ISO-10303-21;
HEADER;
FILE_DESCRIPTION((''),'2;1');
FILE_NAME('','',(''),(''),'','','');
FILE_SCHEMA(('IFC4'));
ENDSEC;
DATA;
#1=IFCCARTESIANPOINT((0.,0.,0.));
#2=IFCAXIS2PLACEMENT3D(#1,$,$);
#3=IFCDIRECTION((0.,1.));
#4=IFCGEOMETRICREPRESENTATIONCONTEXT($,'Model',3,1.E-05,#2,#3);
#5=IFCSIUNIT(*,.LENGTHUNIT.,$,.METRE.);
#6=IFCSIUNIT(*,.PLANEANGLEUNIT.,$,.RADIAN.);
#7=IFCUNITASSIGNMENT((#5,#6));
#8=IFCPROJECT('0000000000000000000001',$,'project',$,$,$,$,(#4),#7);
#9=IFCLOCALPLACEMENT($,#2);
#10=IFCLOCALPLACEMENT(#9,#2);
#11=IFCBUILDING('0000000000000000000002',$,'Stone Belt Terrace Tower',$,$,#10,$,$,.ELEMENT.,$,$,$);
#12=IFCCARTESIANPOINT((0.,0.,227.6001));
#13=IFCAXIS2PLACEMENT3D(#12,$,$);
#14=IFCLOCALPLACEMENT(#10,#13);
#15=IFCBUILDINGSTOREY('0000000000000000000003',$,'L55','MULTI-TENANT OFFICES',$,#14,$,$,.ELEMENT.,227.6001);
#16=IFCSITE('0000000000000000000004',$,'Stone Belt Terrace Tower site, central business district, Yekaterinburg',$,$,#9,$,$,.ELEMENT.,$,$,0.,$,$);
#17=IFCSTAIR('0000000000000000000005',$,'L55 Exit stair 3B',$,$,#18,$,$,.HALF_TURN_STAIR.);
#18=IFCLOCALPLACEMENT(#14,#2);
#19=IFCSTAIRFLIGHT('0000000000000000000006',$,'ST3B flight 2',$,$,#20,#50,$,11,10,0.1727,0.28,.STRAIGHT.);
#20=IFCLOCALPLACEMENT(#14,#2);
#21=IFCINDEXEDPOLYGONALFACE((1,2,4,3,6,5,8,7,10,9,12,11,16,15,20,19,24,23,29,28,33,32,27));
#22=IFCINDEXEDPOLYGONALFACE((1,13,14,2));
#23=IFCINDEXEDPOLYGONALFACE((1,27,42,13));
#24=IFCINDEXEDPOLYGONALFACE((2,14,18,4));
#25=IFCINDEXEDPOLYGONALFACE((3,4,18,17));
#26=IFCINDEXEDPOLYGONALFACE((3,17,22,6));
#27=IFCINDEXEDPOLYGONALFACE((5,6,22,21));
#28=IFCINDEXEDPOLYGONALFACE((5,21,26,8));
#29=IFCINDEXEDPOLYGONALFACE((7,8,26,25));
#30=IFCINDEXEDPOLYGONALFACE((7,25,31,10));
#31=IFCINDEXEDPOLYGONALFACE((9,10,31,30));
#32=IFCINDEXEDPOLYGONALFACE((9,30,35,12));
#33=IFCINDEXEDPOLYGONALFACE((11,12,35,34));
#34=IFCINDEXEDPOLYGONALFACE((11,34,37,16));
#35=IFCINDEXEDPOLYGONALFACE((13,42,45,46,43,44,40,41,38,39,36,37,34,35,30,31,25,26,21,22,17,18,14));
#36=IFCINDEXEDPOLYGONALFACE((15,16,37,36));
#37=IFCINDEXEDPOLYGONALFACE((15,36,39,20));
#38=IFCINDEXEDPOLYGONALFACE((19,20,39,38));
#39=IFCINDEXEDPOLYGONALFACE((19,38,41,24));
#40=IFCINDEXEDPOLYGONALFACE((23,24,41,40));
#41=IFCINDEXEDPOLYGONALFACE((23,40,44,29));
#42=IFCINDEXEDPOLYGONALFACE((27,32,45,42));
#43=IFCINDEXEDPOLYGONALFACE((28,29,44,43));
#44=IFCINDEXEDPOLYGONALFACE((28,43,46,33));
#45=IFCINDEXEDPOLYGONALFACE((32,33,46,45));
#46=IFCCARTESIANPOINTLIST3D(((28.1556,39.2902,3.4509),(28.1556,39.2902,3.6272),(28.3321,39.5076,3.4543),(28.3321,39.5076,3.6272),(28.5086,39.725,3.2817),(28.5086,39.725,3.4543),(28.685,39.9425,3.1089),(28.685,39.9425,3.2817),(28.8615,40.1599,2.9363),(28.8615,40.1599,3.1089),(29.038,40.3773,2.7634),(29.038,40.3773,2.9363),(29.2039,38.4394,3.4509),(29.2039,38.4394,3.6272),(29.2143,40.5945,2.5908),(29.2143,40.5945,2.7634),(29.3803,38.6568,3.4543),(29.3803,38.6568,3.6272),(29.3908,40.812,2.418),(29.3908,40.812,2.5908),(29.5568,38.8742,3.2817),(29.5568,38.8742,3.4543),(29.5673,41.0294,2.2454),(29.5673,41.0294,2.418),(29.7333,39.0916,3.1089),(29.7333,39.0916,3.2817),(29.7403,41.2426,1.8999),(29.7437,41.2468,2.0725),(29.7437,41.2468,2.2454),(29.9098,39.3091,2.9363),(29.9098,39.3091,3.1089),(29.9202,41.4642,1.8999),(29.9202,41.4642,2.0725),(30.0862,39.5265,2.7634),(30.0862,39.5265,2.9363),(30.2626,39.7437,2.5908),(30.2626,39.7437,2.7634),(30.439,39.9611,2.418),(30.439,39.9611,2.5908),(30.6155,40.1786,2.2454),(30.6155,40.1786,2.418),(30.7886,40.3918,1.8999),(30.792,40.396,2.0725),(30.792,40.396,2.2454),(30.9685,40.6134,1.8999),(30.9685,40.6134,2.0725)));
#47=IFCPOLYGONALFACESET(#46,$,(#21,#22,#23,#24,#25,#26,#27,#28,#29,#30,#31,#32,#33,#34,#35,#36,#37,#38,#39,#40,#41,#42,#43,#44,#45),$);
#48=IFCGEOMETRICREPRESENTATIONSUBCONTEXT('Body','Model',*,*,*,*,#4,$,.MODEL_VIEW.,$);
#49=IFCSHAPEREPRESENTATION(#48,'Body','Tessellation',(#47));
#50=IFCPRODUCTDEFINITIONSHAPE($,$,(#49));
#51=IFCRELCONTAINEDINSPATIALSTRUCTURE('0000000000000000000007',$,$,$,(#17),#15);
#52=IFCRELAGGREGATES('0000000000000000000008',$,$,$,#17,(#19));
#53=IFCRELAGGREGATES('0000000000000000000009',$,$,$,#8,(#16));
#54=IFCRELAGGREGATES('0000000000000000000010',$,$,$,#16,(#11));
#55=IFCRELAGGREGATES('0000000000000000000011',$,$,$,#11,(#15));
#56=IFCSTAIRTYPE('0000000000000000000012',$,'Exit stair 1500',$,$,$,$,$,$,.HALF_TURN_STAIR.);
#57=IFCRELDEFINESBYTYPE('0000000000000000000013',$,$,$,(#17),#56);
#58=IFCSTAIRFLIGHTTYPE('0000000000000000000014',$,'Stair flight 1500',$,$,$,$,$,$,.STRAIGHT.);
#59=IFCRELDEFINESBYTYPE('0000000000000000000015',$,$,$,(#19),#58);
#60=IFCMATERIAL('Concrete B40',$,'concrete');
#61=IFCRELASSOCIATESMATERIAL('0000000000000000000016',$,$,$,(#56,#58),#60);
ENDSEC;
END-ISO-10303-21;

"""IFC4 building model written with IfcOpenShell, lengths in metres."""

from ifc_helpers import new_model, si_unit, direction, frame, origin, place, context, subcontext, project, spatial, polyline, outline, extrude, material, type_object, element, aggregate, save


model = new_model("IFC4")

# Units and contexts
model_context = context("Model", 3, precision=1e-05, world=origin(), true_north=direction((0.0, 1.0)))
body_context = subcontext(model_context, "Body", "Model", "MODEL_VIEW")
ifc_project = project(units=[si_unit("LENGTHUNIT", "METRE"), si_unit("PLANEANGLEUNIT", "RADIAN")], contexts=[model_context])

# Site, building, storey
site_placement = place(None, origin())
site = spatial("IfcSite", under=ifc_project, at=site_placement, Name="Stone Belt Terrace Tower site, central business district, Yekaterinburg", CompositionType="ELEMENT", RefElevation=0.0)
building_placement = place(site_placement, origin())
building = spatial("IfcBuilding", under=site, at=building_placement, Name="Stone Belt Terrace Tower", CompositionType="ELEMENT")
storey_placement = place(building_placement, frame((0.0, 0.0, 227.6001)))
storey = spatial("IfcBuildingStorey", under=building, at=storey_placement, Name="L55", Description="MULTI-TENANT OFFICES", CompositionType="ELEMENT", Elevation=227.6001)

# Stair, stair flight
ifc_material_1 = material(Name="Concrete B40", Category="concrete")
stair_type = type_object("IfcStairType", Name="Exit stair 1500", PredefinedType="HALF_TURN_STAIR", material=ifc_material_1)
stair_placement = place(storey_placement, origin())
stair = element("IfcStair", 1, at=stair_placement, inside=storey, type_object=stair_type, Name="L55 Exit stair 3B", PredefinedType="HALF_TURN_STAIR")
stair_flight_type = type_object("IfcStairFlightType", Name="Stair flight 1500", PredefinedType="STRAIGHT", material=ifc_material_1)
stair_flight_placement = place(storey_placement, frame((30.4443, 41.0388, 1.8999), z_axis=(0.0, 0.0, 1.0), x_axis=(-0.630206, -0.776428, 0.0)))
stair_flight = element("IfcStairFlight", 2, at=stair_flight_placement, type_object=stair_flight_type, Name="ST3B flight 2", NumberOfRisers=11, NumberOfTreads=10, PredefinedType="STRAIGHT", RiserHeight=0.1727, TreadLength=0.28, context=body_context, shape_type="SweptSolid", body=[
    extrude(outline(polyline([(0.0, 0.0), (0.0, 0.1726), (0.28, 0.1726), (0.28, 0.3455), (0.5601, 0.3455), (0.5601, 0.5181), (0.8401, 0.5181), (0.8401, 0.6909), (1.1201, 0.6909), (1.1201, 0.8635), (1.3999, 0.8635), (1.3999, 1.0364), (1.6799, 1.0364), (1.6799, 1.209), (1.96, 1.209), (1.96, 1.3818), (2.24, 1.3818), (2.24, 1.5544), (2.52, 1.5544), (2.52, 1.7273), (2.8, 1.7273), (2.8, 1.8999), (2.8, 1.551), (0.2854, 0.0), (0.0, 0.0)])), frame((0.0, 0.675, 0.0), z_axis=(0.0, -1.0, 0.0), x_axis=(1.0, 0.0, 0.0)), (0.0, 0.0, 1.0), 1.3501),
])
aggregate(stair, [stair_flight])

save(model, "model.ifc")
